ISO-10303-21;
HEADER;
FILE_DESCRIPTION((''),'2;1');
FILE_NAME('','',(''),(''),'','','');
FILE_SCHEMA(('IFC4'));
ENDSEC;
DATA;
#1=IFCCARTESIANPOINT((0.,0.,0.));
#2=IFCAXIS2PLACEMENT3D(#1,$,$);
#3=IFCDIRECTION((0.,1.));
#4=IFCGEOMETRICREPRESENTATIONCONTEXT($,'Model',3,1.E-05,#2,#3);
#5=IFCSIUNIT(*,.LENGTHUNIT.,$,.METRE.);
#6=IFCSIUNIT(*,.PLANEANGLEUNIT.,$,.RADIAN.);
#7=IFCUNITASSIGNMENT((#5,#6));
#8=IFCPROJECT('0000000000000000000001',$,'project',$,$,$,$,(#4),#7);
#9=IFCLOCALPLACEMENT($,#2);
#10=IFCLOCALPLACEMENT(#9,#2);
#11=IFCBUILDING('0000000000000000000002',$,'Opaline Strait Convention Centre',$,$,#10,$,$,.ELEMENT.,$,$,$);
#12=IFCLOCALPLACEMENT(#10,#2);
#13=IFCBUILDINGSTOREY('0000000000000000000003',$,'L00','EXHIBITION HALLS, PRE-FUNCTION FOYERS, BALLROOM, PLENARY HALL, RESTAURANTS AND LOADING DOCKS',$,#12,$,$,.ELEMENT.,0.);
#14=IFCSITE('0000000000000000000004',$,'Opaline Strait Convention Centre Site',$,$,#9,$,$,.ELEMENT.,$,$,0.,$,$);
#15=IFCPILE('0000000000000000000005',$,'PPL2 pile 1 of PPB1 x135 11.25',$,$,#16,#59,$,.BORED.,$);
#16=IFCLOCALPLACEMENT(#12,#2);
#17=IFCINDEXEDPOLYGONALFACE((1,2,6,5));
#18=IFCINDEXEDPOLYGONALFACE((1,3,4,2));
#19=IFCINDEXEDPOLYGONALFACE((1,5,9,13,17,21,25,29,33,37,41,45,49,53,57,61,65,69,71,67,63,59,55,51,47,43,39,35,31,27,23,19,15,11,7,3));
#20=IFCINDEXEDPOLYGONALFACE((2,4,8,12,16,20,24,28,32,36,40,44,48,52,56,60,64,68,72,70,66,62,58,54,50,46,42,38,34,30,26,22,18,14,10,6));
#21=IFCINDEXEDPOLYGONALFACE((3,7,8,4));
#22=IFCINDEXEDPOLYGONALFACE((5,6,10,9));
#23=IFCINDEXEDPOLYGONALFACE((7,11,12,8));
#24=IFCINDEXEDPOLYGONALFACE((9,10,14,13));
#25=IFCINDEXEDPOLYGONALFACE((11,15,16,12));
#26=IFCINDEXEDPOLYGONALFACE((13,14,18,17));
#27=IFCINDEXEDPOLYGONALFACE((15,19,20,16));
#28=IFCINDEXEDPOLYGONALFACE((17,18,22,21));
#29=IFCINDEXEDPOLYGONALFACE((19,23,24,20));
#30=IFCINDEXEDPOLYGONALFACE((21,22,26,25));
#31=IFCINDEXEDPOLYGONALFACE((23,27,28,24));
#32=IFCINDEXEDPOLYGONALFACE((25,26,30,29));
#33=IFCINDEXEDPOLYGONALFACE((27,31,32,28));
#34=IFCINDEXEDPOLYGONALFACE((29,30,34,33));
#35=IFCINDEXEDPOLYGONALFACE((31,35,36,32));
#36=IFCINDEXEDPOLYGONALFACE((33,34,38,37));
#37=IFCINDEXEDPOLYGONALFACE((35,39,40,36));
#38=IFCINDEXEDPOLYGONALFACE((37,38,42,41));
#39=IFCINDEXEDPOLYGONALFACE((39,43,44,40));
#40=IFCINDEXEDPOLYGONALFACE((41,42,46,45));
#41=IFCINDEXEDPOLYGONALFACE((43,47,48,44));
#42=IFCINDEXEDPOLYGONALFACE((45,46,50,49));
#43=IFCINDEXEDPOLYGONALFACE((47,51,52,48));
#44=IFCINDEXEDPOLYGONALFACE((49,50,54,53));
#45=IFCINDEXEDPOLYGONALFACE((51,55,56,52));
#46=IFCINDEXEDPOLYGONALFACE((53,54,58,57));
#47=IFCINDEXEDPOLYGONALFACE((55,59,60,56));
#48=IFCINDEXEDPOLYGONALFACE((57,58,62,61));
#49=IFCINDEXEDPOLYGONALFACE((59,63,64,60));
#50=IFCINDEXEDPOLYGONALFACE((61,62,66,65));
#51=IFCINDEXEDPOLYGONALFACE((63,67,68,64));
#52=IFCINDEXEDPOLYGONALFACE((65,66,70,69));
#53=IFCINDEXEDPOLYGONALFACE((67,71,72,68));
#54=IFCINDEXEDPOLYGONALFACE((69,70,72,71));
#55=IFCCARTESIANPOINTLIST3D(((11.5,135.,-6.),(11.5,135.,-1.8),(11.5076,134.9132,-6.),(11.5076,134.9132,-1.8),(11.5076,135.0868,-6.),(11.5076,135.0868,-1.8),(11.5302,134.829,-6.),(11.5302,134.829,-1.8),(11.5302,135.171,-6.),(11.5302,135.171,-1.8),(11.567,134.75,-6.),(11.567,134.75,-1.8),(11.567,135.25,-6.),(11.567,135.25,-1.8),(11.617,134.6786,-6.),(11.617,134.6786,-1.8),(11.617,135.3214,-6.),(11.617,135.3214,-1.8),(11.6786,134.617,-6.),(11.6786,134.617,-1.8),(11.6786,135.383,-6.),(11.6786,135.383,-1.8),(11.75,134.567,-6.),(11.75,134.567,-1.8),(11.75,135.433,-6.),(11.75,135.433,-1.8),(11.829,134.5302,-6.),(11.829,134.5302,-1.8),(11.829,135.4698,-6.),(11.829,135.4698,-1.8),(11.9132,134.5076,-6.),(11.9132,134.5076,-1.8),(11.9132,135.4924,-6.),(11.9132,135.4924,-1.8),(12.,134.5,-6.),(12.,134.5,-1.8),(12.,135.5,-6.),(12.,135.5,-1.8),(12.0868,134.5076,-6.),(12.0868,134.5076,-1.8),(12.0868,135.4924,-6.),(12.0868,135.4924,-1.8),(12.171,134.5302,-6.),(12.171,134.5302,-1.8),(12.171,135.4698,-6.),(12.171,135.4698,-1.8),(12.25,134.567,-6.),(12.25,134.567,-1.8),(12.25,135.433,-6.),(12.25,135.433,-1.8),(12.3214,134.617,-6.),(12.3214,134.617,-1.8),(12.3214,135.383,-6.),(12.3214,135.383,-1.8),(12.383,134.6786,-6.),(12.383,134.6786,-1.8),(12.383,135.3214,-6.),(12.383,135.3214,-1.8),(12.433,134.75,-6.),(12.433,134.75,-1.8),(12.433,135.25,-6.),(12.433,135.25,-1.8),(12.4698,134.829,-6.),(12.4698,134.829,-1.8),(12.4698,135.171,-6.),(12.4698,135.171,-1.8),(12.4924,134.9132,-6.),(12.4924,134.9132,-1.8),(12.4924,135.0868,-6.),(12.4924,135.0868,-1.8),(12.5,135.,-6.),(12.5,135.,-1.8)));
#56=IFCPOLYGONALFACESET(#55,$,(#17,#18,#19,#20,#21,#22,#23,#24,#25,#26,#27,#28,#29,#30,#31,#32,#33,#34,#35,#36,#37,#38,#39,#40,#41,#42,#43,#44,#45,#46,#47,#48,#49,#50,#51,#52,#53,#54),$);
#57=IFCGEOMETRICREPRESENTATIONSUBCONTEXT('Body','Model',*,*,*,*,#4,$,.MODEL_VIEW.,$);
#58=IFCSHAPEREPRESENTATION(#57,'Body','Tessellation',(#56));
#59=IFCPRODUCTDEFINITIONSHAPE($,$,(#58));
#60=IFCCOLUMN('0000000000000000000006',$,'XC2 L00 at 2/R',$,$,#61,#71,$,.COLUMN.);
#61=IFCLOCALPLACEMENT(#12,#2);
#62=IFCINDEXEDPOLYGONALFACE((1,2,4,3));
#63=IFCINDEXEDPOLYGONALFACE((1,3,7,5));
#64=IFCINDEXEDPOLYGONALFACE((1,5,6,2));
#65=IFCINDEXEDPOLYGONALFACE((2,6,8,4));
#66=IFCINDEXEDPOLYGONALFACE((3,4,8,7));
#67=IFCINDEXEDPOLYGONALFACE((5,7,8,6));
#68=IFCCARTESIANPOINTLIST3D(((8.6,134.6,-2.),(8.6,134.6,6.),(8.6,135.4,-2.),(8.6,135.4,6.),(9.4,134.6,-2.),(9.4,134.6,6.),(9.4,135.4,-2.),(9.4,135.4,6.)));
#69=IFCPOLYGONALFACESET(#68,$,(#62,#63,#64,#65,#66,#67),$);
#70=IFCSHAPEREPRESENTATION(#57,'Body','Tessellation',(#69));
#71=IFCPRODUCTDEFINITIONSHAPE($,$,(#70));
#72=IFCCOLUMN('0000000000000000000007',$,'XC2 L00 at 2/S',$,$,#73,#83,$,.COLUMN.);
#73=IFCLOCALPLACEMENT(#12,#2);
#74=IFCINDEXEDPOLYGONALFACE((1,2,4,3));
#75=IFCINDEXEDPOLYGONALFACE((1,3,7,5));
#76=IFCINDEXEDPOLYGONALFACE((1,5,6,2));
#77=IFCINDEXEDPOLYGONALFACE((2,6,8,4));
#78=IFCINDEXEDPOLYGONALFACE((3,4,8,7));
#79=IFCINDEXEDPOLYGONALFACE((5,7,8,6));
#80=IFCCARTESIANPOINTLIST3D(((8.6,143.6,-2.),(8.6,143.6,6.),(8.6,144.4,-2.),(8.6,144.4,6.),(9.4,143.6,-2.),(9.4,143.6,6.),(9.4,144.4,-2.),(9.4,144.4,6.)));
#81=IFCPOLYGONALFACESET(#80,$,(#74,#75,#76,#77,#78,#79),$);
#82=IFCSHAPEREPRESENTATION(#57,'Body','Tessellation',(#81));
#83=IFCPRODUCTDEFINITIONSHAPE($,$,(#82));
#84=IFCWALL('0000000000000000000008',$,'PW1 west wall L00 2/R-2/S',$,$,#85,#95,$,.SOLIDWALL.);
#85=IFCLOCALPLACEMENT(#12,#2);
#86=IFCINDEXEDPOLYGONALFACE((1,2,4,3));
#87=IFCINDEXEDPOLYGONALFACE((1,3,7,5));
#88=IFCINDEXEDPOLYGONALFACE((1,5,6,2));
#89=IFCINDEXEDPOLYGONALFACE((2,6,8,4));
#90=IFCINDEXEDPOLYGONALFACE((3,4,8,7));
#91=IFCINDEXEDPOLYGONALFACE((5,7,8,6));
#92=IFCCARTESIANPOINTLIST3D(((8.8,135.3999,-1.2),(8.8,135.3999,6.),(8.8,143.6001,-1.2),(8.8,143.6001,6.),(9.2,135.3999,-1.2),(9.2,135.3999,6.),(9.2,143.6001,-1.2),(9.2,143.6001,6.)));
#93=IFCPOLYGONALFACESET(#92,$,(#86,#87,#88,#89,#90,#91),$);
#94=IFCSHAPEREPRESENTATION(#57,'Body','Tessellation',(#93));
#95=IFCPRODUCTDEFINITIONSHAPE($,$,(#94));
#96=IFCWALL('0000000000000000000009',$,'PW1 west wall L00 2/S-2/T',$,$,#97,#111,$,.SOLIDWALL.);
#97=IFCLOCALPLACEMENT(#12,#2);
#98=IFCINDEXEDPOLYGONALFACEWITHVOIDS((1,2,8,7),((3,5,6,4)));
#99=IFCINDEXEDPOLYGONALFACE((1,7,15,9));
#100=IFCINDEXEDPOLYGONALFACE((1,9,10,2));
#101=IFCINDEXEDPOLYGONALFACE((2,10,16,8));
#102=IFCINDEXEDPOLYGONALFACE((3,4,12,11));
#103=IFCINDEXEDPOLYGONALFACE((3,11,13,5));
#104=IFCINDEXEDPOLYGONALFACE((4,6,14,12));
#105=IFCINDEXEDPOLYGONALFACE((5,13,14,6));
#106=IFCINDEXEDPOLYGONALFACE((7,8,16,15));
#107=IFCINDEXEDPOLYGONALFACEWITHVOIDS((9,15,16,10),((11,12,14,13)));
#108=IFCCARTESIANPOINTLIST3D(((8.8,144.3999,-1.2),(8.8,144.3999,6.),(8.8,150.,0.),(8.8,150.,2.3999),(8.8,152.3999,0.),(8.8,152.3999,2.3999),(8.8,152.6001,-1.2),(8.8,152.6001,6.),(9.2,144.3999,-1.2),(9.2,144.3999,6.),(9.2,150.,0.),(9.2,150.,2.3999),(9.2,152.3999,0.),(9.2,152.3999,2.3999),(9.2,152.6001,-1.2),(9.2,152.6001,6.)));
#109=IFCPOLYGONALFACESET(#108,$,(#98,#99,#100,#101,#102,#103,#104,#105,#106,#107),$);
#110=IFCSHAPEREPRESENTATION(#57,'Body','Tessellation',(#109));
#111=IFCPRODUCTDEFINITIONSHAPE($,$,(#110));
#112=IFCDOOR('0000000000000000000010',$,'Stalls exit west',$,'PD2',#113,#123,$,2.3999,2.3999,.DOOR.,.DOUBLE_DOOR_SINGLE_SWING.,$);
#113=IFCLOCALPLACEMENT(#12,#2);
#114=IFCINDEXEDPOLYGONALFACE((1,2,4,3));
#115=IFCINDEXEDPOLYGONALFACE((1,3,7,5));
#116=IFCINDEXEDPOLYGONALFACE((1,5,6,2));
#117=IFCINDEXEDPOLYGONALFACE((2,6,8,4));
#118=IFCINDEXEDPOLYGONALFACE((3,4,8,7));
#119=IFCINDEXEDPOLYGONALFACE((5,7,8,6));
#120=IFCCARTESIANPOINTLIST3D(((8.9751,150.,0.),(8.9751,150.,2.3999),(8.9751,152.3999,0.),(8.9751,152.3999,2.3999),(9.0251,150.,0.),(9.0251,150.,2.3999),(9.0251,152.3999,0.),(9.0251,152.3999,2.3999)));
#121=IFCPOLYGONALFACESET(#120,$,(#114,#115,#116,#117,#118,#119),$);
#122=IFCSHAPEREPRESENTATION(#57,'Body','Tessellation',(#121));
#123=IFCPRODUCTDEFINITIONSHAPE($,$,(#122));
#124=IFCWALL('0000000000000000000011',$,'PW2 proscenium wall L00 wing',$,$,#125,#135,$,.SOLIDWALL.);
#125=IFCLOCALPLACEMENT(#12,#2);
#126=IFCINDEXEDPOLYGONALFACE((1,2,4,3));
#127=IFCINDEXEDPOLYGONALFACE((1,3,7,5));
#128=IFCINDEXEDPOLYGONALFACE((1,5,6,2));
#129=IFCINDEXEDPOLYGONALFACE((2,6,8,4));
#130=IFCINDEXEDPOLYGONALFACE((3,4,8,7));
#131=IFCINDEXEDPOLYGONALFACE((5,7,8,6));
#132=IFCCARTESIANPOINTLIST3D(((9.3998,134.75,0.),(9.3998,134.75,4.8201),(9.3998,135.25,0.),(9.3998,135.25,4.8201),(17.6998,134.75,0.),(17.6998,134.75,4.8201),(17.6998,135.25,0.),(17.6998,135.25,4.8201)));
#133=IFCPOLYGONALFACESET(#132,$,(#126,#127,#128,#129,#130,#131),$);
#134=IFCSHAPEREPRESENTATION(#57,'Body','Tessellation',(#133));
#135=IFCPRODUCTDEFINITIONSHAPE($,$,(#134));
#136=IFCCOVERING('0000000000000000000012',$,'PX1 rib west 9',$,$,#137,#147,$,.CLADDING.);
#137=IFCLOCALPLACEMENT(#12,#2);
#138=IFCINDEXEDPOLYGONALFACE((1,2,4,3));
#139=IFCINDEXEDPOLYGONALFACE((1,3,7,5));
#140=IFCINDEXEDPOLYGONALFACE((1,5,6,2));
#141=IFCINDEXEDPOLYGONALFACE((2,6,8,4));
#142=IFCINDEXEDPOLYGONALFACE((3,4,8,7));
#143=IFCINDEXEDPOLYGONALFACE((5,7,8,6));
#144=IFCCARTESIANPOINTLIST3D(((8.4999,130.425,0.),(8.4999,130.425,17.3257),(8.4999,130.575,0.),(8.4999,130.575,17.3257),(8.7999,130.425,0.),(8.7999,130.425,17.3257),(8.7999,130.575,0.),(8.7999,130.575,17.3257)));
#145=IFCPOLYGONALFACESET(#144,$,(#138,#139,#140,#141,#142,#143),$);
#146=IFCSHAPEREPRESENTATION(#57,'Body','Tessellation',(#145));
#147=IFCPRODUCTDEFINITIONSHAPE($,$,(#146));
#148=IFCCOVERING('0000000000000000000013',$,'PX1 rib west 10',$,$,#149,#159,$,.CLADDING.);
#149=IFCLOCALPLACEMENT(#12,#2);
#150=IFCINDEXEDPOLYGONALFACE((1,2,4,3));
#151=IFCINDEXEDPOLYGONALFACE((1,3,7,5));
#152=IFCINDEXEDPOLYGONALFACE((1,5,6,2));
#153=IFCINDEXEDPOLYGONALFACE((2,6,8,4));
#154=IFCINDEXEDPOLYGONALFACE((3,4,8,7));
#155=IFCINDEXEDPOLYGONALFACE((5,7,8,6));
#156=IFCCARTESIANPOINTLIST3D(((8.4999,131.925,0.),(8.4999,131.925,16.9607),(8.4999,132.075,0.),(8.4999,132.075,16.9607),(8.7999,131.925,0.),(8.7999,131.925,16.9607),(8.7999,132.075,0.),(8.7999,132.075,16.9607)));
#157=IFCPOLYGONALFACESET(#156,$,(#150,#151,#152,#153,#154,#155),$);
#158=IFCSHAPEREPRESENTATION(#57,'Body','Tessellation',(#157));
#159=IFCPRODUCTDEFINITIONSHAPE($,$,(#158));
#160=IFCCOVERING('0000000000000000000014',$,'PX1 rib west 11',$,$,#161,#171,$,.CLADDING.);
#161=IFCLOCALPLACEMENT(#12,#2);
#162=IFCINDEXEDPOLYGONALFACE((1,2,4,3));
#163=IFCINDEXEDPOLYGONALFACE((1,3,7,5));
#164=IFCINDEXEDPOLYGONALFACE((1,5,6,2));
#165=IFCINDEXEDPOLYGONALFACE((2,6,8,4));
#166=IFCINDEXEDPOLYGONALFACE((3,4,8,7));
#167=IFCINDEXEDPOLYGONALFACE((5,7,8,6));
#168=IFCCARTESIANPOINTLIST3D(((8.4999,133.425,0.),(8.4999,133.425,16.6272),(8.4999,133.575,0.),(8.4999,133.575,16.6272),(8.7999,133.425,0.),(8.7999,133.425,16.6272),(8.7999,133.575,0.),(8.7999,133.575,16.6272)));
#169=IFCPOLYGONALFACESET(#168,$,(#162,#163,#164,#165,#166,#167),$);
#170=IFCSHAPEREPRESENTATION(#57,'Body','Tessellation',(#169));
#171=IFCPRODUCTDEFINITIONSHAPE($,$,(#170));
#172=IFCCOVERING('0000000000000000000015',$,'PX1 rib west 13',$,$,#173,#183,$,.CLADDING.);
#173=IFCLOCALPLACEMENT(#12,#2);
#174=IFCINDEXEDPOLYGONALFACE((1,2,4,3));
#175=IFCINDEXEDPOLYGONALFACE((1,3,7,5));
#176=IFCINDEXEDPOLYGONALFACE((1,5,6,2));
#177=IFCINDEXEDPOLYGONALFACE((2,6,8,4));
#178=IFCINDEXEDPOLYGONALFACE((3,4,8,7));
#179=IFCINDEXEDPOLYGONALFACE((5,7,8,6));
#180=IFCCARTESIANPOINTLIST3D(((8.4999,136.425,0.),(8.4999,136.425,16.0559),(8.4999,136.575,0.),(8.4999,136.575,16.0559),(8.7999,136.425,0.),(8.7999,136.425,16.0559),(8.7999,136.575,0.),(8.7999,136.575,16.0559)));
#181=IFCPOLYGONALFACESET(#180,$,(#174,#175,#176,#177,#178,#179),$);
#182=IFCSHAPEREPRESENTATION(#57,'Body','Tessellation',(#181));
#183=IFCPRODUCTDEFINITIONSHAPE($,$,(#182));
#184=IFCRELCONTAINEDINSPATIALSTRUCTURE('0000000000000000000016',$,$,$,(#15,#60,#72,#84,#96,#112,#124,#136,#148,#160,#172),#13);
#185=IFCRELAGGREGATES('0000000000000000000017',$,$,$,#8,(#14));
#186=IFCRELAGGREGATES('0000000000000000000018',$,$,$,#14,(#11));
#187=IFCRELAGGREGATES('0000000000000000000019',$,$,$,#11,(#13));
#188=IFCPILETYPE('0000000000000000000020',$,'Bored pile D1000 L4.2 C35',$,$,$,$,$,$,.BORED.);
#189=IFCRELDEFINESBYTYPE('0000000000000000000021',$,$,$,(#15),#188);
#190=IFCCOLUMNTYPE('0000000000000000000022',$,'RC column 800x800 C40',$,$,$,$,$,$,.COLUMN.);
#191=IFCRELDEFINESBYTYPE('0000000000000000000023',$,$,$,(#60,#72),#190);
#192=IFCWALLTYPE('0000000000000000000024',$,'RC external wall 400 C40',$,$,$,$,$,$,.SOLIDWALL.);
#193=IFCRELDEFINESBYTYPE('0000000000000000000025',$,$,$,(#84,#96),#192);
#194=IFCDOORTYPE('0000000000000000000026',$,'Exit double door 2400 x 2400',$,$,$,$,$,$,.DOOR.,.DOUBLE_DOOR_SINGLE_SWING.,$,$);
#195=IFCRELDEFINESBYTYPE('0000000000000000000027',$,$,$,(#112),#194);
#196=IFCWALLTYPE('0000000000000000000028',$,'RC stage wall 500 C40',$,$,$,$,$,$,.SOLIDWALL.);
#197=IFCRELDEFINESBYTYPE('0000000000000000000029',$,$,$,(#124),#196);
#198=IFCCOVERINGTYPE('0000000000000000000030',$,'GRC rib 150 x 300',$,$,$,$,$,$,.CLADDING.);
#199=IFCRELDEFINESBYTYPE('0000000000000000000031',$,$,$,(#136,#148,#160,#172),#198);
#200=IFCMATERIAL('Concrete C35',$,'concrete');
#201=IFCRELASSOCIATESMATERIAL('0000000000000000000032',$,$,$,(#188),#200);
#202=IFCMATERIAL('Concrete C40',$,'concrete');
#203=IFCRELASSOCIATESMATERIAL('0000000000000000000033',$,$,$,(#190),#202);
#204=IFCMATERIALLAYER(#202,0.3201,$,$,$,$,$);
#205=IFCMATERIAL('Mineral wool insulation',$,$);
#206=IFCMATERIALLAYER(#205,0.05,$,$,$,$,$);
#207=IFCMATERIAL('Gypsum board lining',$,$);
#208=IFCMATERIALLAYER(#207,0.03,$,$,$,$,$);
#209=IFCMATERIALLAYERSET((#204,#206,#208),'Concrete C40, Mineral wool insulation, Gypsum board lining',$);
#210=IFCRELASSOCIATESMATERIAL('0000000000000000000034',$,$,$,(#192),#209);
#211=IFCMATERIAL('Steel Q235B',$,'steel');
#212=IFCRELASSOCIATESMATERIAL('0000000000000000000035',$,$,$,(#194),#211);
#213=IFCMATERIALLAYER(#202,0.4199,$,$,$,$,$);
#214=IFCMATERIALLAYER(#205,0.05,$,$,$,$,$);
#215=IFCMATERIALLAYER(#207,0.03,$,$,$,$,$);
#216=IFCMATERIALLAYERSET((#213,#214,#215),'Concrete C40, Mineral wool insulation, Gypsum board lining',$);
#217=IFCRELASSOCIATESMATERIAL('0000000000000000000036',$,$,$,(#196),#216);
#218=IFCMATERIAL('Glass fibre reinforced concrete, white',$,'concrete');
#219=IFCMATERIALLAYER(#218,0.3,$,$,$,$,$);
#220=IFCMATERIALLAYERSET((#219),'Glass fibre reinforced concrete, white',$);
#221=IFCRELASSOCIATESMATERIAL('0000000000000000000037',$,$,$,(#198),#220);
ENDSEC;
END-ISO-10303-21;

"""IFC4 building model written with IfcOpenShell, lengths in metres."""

from ifc_helpers import new_model, si_unit, direction, frame, frame_2d, origin, origin_2d, place, context, subcontext, project, spatial, rectangle, circle, extrude, material, layer, layer_set, material_profile, profile_set, type_object, element, fill, save


model = new_model("IFC4")

# Units and contexts
model_context = context("Model", 3, precision=1e-05, world=origin(), true_north=direction((0.0, 1.0)))
body_context = subcontext(model_context, "Body", "Model", "MODEL_VIEW")
ifc_project = project(units=[si_unit("LENGTHUNIT", "METRE"), si_unit("PLANEANGLEUNIT", "RADIAN")], contexts=[model_context])

# Site, building, storey
site_placement = place(None, origin())
site = spatial("IfcSite", under=ifc_project, at=site_placement, Name="Opaline Strait Convention Centre Site", CompositionType="ELEMENT", RefElevation=0.0)
building_placement = place(site_placement, origin())
building = spatial("IfcBuilding", under=site, at=building_placement, Name="Opaline Strait Convention Centre", CompositionType="ELEMENT")
storey_placement = place(building_placement, origin())
storey = spatial("IfcBuildingStorey", under=building, at=storey_placement, Name="L00", Description="EXHIBITION HALLS, PRE-FUNCTION FOYERS, BALLROOM, PLENARY HALL, RESTAURANTS AND LOADING DOCKS", CompositionType="ELEMENT", Elevation=0.0)

# Pile
ifc_material_1 = material(Name="Concrete C35", Category="concrete")
ifc_material_profile_1 = material_profile(ifc_material_1, circle(Radius=0.5, at=origin_2d()), Name="D1000")
ifc_profile_set_1 = profile_set([ifc_material_profile_1], Name="Concrete C35")
pile_type_1 = type_object("IfcPileType", Name="Bored pile D1000 L4.2 C35", PredefinedType="BORED", material=ifc_profile_set_1)
pile_placement = place(storey_placement, frame((12.0, 135.0, -1.8), z_axis=(0.0, 0.0, -1.0), x_axis=(1.0, 0.0, 0.0)))
element("IfcPile", 1, at=pile_placement, inside=storey, type_object=pile_type_1, Name="PPL2 pile 1 of PPB1 x135 11.25", PredefinedType="BORED", context=body_context, shape_type="SweptSolid", body=[
    extrude(circle(Radius=0.5, at=origin_2d()), origin(), (0.0, 0.0, 1.0), 4.2),
])

# Columns
ifc_material_2 = material(Name="Concrete C40", Category="concrete")
ifc_material_profile_2 = material_profile(ifc_material_2, rectangle(XDim=0.8, YDim=0.8, at=origin_2d()), Name="RC 800x800")
ifc_profile_set_2 = profile_set([ifc_material_profile_2], Name="Concrete C40")
column_type = type_object("IfcColumnType", Name="RC column 800x800 C40", PredefinedType="COLUMN", material=ifc_profile_set_2)
for number, where, z_axis, x_axis, name in (
    (2, (9.0, 135.0, -2.0), (0.0, 0.0, 1.0), (1.0, 0.0, 0.0), "XC2 L00 at 2/R"),
    (3, (9.0, 144.0, -2.0), (0.0, 0.0, 1.0), (1.0, 0.0, 0.0), "XC2 L00 at 2/S"),
):
    element("IfcColumn", number, at=place(storey_placement, frame(where, z_axis=z_axis, x_axis=x_axis)), inside=storey, type_object=column_type, Name=name, PredefinedType="COLUMN", context=body_context, shape_type="SweptSolid", body=[
        extrude(rectangle(XDim=0.8, YDim=0.8, at=origin_2d()), origin(), (0.0, 0.0, 1.0), 8.0),
    ])

# Wall
ifc_layer_1 = layer(ifc_material_2, 0.3201)
ifc_material_3 = material(Name="Mineral wool insulation")
ifc_layer_2 = layer(ifc_material_3, 0.05)
ifc_material_4 = material(Name="Gypsum board lining")
ifc_layer_3 = layer(ifc_material_4, 0.03)
ifc_layer_set_1 = layer_set([ifc_layer_1, ifc_layer_2, ifc_layer_3], Name="Concrete C40, Mineral wool insulation, Gypsum board lining")
wall_type_1 = type_object("IfcWallType", Name="RC external wall 400 C40", PredefinedType="SOLIDWALL", material=ifc_layer_set_1)
wall_1_placement = place(storey_placement, frame((9.0, 135.3999, -1.2), z_axis=(0.0, 0.0, 1.0), x_axis=(0.0, 1.0, 0.0)))
element("IfcWall", 4, at=wall_1_placement, inside=storey, type_object=wall_type_1, Name="PW1 west wall L00 2/R-2/S", PredefinedType="SOLIDWALL", context=body_context, shape_type="SweptSolid", body=[
    extrude(rectangle(XDim=8.2002, YDim=0.3999, at=frame_2d((4.1001, 0.0))), origin(), (0.0, 0.0, 1.0), 7.2),
])

# Wall, opening, door
wall_2_placement = place(storey_placement, frame((9.0, 144.3999, -1.2), z_axis=(0.0, 0.0, 1.0), x_axis=(0.0, 1.0, 0.0)))
wall_2 = element("IfcWall", 5, at=wall_2_placement, inside=storey, type_object=wall_type_1, Name="PW1 west wall L00 2/S-2/T", PredefinedType="SOLIDWALL", context=body_context, shape_type="SweptSolid", body=[
    extrude(rectangle(XDim=8.2002, YDim=0.3999, at=frame_2d((4.1001, 0.0))), origin(), (0.0, 0.0, 1.0), 7.2),
])
opening_placement = place(wall_2_placement, frame((5.6001, 0.0, 1.2)))
opening = element("IfcOpeningElement", 6, at=opening_placement, cuts=wall_2, PredefinedType="OPENING", context=body_context, shape_type="SweptSolid", body=[
    extrude(rectangle(XDim=2.3999, YDim=2.3999, at=frame_2d((1.2, 1.2))), frame((0.0, 0.21, 0.0), z_axis=(0.0, -1.0, 0.0), x_axis=(1.0, 0.0, 0.0)), (0.0, 0.0, 1.0), 0.4199),
])
ifc_material_5 = material(Name="Steel Q235B", Category="steel")
door_type = type_object("IfcDoorType", Name="Exit double door 2400 x 2400", OperationType="DOUBLE_DOOR_SINGLE_SWING", PredefinedType="DOOR", material=ifc_material_5)
door_placement = place(opening_placement, origin())
door = element("IfcDoor", 7, at=door_placement, inside=storey, type_object=door_type, Name="Stalls exit west", ObjectType="PD2", OperationType="DOUBLE_DOOR_SINGLE_SWING", OverallHeight=2.3999, OverallWidth=2.3999, PredefinedType="DOOR", context=body_context, shape_type="SweptSolid", body=[
    extrude(rectangle(XDim=2.3999, YDim=2.3999, at=frame_2d((1.2, 1.2))), frame((0.0, 0.0249, 0.0), z_axis=(0.0, -1.0, 0.0), x_axis=(1.0, 0.0, 0.0)), (0.0, 0.0, 1.0), 0.05),
])
fill(opening, door)

# Wall
ifc_layer_4 = layer(ifc_material_2, 0.4199)
ifc_layer_5 = layer(ifc_material_3, 0.05)
ifc_layer_6 = layer(ifc_material_4, 0.03)
ifc_layer_set_2 = layer_set([ifc_layer_4, ifc_layer_5, ifc_layer_6], Name="Concrete C40, Mineral wool insulation, Gypsum board lining")
wall_type_2 = type_object("IfcWallType", Name="RC stage wall 500 C40", PredefinedType="SOLIDWALL", material=ifc_layer_set_2)
wall_3_placement = place(storey_placement, frame((9.3999, 135.0, 0.0), z_axis=(0.0, 0.0, 1.0), x_axis=(1.0, 0.0, 0.0)))
element("IfcWall", 8, at=wall_3_placement, inside=storey, type_object=wall_type_2, Name="PW2 proscenium wall L00 wing", PredefinedType="SOLIDWALL", context=body_context, shape_type="SweptSolid", body=[
    extrude(rectangle(XDim=8.3, YDim=0.5, at=frame_2d((4.1499, 0.0))), origin(), (0.0, 0.0, 1.0), 4.8201),
])

# Coverings
ifc_material_6 = material(Name="Glass fibre reinforced concrete, white", Category="concrete")
ifc_layer_7 = layer(ifc_material_6, 0.3)
ifc_layer_set_3 = layer_set([ifc_layer_7], Name="Glass fibre reinforced concrete, white")
covering_type = type_object("IfcCoveringType", Name="GRC rib 150 x 300", PredefinedType="CLADDING", material=ifc_layer_set_3)
covering_1_placement = place(storey_placement, frame((8.6499, 130.5, 0.0), z_axis=(0.0, 0.0, 1.0), x_axis=(1.0, 0.0, 0.0)))
element("IfcCovering", 9, at=covering_1_placement, inside=storey, type_object=covering_type, Name="PX1 rib west 9", PredefinedType="CLADDING", context=body_context, shape_type="SweptSolid", body=[
    extrude(rectangle(XDim=0.3, YDim=0.1499, at=origin_2d()), origin(), (0.0, 0.0, 1.0), 17.3257),
])
covering_2_placement = place(storey_placement, frame((8.6499, 132.0, 0.0), z_axis=(0.0, 0.0, 1.0), x_axis=(1.0, 0.0, 0.0)))
element("IfcCovering", 10, at=covering_2_placement, inside=storey, type_object=covering_type, Name="PX1 rib west 10", PredefinedType="CLADDING", context=body_context, shape_type="SweptSolid", body=[
    extrude(rectangle(XDim=0.3, YDim=0.1499, at=origin_2d()), origin(), (0.0, 0.0, 1.0), 16.9607),
])
covering_3_placement = place(storey_placement, frame((8.6499, 133.5, 0.0), z_axis=(0.0, 0.0, 1.0), x_axis=(1.0, 0.0, 0.0)))
element("IfcCovering", 11, at=covering_3_placement, inside=storey, type_object=covering_type, Name="PX1 rib west 11", PredefinedType="CLADDING", context=body_context, shape_type="SweptSolid", body=[
    extrude(rectangle(XDim=0.3, YDim=0.1499, at=origin_2d()), origin(), (0.0, 0.0, 1.0), 16.6272),
])
covering_4_placement = place(storey_placement, frame((8.6499, 136.5, 0.0), z_axis=(0.0, 0.0, 1.0), x_axis=(1.0, 0.0, 0.0)))
element("IfcCovering", 12, at=covering_4_placement, inside=storey, type_object=covering_type, Name="PX1 rib west 13", PredefinedType="CLADDING", context=body_context, shape_type="SweptSolid", body=[
    extrude(rectangle(XDim=0.3, YDim=0.1499, at=origin_2d()), origin(), (0.0, 0.0, 1.0), 16.0559),
])

save(model, "model.ifc")
